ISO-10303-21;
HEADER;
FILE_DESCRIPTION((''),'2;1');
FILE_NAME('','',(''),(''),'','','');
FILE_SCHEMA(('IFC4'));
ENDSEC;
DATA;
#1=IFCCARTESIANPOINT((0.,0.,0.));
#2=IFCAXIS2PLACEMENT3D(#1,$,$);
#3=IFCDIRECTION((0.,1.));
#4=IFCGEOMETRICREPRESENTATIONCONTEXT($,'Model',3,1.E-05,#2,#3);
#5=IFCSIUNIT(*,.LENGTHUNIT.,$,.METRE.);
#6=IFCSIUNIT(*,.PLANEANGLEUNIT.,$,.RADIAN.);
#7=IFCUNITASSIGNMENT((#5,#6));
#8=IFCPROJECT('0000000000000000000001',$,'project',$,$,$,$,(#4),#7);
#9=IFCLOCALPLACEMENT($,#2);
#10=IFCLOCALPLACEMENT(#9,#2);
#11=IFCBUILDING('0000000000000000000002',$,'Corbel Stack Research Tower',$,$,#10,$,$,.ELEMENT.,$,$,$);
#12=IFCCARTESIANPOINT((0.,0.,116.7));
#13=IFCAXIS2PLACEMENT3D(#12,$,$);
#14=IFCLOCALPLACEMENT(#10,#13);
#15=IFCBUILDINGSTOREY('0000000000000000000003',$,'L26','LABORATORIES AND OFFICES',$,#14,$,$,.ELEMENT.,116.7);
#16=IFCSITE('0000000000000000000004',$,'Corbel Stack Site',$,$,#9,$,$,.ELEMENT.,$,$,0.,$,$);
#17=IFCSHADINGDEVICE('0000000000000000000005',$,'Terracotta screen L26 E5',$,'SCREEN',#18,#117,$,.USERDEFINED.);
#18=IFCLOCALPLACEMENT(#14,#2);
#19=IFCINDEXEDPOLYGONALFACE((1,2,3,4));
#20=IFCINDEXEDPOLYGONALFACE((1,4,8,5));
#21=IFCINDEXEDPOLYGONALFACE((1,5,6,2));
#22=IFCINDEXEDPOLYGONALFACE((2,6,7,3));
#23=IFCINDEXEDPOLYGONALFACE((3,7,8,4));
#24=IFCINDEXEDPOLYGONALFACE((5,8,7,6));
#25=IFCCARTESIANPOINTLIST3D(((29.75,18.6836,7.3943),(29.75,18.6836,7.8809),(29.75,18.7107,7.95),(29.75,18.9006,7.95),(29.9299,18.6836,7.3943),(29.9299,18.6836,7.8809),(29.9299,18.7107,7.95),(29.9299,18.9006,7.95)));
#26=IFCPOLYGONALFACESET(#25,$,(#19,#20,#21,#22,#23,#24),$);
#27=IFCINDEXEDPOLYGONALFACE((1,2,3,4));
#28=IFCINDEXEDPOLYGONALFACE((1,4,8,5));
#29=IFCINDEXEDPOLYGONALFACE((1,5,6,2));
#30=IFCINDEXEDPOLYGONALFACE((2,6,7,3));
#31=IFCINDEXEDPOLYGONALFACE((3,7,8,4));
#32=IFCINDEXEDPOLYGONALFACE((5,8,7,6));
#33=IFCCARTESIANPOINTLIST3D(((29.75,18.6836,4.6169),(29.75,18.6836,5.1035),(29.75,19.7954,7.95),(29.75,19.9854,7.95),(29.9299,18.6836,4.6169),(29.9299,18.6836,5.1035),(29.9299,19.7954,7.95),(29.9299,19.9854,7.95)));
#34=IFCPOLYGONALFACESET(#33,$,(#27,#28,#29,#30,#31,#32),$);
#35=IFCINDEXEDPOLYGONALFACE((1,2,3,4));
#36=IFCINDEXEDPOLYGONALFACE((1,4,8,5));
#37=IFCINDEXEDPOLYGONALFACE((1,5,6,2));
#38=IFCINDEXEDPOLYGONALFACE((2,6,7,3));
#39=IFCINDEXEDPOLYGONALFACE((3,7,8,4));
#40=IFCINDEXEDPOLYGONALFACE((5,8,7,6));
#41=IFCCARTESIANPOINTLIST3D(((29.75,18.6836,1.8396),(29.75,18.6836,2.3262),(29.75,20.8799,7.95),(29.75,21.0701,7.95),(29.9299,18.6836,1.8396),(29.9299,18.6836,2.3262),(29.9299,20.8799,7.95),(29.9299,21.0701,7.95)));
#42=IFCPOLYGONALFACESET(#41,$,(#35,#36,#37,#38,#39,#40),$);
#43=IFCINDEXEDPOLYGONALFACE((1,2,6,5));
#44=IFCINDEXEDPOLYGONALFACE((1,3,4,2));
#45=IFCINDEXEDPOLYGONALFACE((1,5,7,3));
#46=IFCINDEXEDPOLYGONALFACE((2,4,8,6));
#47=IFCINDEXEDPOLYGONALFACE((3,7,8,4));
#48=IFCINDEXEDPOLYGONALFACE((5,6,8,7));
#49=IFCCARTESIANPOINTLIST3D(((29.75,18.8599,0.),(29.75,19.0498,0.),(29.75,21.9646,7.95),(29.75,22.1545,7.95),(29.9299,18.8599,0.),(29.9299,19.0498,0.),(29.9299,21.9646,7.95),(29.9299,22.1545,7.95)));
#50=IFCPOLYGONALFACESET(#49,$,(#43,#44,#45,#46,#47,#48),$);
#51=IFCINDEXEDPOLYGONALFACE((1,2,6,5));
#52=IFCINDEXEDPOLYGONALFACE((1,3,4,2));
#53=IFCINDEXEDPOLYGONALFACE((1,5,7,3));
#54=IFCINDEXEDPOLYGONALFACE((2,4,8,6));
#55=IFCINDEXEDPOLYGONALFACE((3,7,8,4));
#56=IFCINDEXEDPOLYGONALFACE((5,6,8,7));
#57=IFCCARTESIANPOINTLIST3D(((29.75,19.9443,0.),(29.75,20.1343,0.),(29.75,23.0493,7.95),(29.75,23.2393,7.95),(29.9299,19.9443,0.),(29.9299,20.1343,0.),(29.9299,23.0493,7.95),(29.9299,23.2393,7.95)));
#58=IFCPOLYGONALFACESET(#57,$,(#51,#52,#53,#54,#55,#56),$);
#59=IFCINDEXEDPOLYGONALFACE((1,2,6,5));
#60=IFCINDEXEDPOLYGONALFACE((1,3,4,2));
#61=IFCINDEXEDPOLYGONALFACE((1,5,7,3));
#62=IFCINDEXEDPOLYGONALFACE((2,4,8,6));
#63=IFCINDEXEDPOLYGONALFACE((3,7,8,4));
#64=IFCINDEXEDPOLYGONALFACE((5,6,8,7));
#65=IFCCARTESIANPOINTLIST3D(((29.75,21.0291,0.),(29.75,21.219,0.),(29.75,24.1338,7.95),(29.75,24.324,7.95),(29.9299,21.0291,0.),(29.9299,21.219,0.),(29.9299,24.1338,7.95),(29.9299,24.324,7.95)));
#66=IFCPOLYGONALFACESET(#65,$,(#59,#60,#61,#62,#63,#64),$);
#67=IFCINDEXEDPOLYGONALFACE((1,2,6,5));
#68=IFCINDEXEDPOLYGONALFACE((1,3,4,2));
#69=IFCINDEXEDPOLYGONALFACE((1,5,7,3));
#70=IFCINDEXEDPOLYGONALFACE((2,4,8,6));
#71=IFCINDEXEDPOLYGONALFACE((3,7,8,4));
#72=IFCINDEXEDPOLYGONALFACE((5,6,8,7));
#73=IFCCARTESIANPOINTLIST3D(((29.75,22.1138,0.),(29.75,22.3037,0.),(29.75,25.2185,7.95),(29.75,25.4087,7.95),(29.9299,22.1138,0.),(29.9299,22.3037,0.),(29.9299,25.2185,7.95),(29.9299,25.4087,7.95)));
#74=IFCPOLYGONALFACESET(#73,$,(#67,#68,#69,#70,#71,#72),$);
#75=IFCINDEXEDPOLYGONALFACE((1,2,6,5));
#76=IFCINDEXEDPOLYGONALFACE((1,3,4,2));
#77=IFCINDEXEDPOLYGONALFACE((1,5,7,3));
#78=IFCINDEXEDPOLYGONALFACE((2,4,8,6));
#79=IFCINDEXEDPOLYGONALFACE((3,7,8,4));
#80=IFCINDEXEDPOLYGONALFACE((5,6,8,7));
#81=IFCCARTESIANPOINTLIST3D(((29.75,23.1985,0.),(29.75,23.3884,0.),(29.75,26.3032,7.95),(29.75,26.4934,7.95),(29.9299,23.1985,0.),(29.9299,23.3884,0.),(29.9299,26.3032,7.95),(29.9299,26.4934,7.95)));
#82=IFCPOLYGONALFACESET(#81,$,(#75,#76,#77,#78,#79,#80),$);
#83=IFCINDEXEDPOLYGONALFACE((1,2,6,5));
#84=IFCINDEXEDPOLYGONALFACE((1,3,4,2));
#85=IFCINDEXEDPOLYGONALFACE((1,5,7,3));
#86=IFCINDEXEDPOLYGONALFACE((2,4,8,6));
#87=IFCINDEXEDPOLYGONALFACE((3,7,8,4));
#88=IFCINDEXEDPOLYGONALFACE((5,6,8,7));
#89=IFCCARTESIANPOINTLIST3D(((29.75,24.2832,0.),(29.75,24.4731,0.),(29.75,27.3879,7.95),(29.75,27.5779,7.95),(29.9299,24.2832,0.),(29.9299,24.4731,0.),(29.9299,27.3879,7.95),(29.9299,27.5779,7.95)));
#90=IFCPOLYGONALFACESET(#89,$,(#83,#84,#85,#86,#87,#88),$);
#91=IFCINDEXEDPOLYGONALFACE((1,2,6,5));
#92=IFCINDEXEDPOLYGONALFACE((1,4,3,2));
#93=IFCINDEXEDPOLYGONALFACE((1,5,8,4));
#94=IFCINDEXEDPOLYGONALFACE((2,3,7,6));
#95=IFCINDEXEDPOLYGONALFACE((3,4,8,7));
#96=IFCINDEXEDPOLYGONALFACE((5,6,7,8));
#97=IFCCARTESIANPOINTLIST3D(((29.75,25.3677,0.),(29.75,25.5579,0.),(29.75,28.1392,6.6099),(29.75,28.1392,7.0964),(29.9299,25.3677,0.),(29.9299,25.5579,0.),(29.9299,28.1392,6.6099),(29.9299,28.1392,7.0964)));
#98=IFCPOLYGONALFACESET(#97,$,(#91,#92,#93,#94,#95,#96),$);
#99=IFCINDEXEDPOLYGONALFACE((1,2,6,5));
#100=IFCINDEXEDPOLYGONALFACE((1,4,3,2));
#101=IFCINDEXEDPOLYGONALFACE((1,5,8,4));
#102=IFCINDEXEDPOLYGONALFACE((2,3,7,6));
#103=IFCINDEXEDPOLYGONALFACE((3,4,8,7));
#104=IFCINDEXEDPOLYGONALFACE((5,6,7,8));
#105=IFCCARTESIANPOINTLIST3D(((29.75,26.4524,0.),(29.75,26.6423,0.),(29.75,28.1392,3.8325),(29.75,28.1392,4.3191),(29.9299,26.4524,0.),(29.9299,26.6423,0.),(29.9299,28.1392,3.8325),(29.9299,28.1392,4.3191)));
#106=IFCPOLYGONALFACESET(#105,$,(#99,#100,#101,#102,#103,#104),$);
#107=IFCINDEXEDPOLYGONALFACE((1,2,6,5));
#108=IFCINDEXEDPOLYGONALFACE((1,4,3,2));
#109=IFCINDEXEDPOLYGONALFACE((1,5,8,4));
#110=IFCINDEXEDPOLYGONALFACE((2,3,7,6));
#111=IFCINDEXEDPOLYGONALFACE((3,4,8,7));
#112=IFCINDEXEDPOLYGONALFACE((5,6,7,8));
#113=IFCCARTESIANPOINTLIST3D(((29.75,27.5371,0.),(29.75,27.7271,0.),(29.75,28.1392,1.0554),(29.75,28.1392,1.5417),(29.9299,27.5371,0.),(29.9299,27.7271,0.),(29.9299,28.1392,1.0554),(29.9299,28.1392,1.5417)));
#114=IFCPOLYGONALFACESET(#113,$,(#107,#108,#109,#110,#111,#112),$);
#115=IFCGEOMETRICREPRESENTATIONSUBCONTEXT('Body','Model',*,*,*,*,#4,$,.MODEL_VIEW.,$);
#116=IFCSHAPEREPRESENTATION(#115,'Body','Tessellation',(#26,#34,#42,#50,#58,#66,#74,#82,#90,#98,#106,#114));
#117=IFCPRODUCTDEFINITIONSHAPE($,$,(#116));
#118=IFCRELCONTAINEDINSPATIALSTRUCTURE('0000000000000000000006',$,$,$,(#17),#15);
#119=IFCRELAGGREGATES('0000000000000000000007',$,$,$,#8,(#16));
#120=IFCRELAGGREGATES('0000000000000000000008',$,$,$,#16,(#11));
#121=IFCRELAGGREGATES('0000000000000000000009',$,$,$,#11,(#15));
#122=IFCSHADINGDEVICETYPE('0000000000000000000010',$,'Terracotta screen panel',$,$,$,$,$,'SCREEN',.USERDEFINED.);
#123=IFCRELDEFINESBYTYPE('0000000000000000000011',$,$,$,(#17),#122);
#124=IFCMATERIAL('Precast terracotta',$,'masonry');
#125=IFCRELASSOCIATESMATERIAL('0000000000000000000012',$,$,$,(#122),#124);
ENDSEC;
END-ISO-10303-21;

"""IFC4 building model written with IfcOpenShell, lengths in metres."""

from ifc_helpers import new_model, si_unit, direction, frame, origin, place, context, subcontext, project, spatial, polyline, outline, extrude, source, transform, mapped, material, type_object, element, save


model = new_model("IFC4")

# Units and contexts
model_context = context("Model", 3, precision=1e-05, world=origin(), true_north=direction((0.0, 1.0)))
body_context = subcontext(model_context, "Body", "Model", "MODEL_VIEW")
ifc_project = project(units=[si_unit("LENGTHUNIT", "METRE"), si_unit("PLANEANGLEUNIT", "RADIAN")], contexts=[model_context])

# Site, building, storey
site_placement = place(None, origin())
site = spatial("IfcSite", under=ifc_project, at=site_placement, Name="Corbel Stack Site", CompositionType="ELEMENT", RefElevation=0.0)
building_placement = place(site_placement, origin())
building = spatial("IfcBuilding", under=site, at=building_placement, Name="Corbel Stack Research Tower", CompositionType="ELEMENT")
storey_placement = place(building_placement, frame((0.0, 0.0, 116.7)))
storey = spatial("IfcBuildingStorey", under=building, at=storey_placement, Name="L26", Description="LABORATORIES AND OFFICES", CompositionType="ELEMENT", Elevation=116.7)

# Shading device
ifc_material_1 = material(Name="Precast terracotta", Category="masonry")
shading_device_type = type_object("IfcShadingDeviceType", Name="Terracotta screen panel", ElementType="SCREEN", PredefinedType="USERDEFINED", material=ifc_material_1)
shared_shape_1 = source(origin(), body_context, "Body", "SweptSolid", [
    extrude(outline(polyline([(0.217, 7.95), (0.0271, 7.95), (0.0, 7.8809), (0.0, 7.3943), (0.217, 7.95)])), frame((0.0, 0.0, 0.0), z_axis=(0.0, -1.0, 0.0), x_axis=(1.0, 0.0, 0.0)), (0.0, 0.0, 1.0), 0.1799),
    extrude(outline(polyline([(1.3018, 7.95), (1.1118, 7.95), (0.0, 5.1035), (0.0, 4.6169), (1.3018, 7.95)])), frame((0.0, 0.0, 0.0), z_axis=(0.0, -1.0, 0.0), x_axis=(1.0, 0.0, 0.0)), (0.0, 0.0, 1.0), 0.1799),
    extrude(outline(polyline([(2.3865, 7.95), (2.1963, 7.95), (0.0, 2.3262), (0.0, 1.8396), (2.3865, 7.95)])), frame((0.0, 0.0, 0.0), z_axis=(0.0, -1.0, 0.0), x_axis=(1.0, 0.0, 0.0)), (0.0, 0.0, 1.0), 0.1799),
    extrude(outline(polyline([(0.3662, 0.0), (3.4709, 7.95), (3.281, 7.95), (0.1763, 0.0), (0.3662, 0.0)])), frame((0.0, 0.0, 0.0), z_axis=(0.0, -1.0, 0.0), x_axis=(1.0, 0.0, 0.0)), (0.0, 0.0, 1.0), 0.1799),
    extrude(outline(polyline([(1.4507, 0.0), (4.5557, 7.95), (4.3657, 7.95), (1.2607, 0.0), (1.4507, 0.0)])), frame((0.0, 0.0, 0.0), z_axis=(0.0, -1.0, 0.0), x_axis=(1.0, 0.0, 0.0)), (0.0, 0.0, 1.0), 0.1799),
    extrude(outline(polyline([(2.5354, 0.0), (5.6404, 7.95), (5.4502, 7.95), (2.3455, 0.0), (2.5354, 0.0)])), frame((0.0, 0.0, 0.0), z_axis=(0.0, -1.0, 0.0), x_axis=(1.0, 0.0, 0.0)), (0.0, 0.0, 1.0), 0.1799),
    extrude(outline(polyline([(3.6201, 0.0), (6.7251, 7.95), (6.5349, 7.95), (3.4302, 0.0), (3.6201, 0.0)])), frame((0.0, 0.0, 0.0), z_axis=(0.0, -1.0, 0.0), x_axis=(1.0, 0.0, 0.0)), (0.0, 0.0, 1.0), 0.1799),
    extrude(outline(polyline([(4.7048, 0.0), (7.8098, 7.95), (7.6196, 7.95), (4.5149, 0.0), (4.7048, 0.0)])), frame((0.0, 0.0, 0.0), z_axis=(0.0, -1.0, 0.0), x_axis=(1.0, 0.0, 0.0)), (0.0, 0.0, 1.0), 0.1799),
    extrude(outline(polyline([(5.7896, 0.0), (8.8943, 7.95), (8.7043, 7.95), (5.5996, 0.0), (5.7896, 0.0)])), frame((0.0, 0.0, 0.0), z_axis=(0.0, -1.0, 0.0), x_axis=(1.0, 0.0, 0.0)), (0.0, 0.0, 1.0), 0.1799),
    extrude(outline(polyline([(6.8743, 0.0), (9.4556, 6.6099), (9.4556, 7.0964), (6.6841, 0.0), (6.8743, 0.0)])), frame((0.0, 0.0, 0.0), z_axis=(0.0, -1.0, 0.0), x_axis=(1.0, 0.0, 0.0)), (0.0, 0.0, 1.0), 0.1799),
    extrude(outline(polyline([(7.9587, 0.0), (9.4556, 3.8325), (9.4556, 4.3191), (7.7688, 0.0), (7.9587, 0.0)])), frame((0.0, 0.0, 0.0), z_axis=(0.0, -1.0, 0.0), x_axis=(1.0, 0.0, 0.0)), (0.0, 0.0, 1.0), 0.1799),
    extrude(outline(polyline([(9.0435, 0.0), (9.4556, 1.0554), (9.4556, 1.5417), (8.8535, 0.0), (9.0435, 0.0)])), frame((0.0, 0.0, 0.0), z_axis=(0.0, -1.0, 0.0), x_axis=(1.0, 0.0, 0.0)), (0.0, 0.0, 1.0), 0.1799),
])
shading_device_1_placement = place(storey_placement, frame((29.75, 18.6836, 0.0), z_axis=(0.0, 0.0, 1.0), x_axis=(0.0, 1.0, 0.0)))
element("IfcShadingDevice", 1, at=shading_device_1_placement, inside=storey, type_object=shading_device_type, Name="Terracotta screen L26 E5", ObjectType="SCREEN", PredefinedType="USERDEFINED", context=body_context, shape_type="MappedRepresentation", body=[
    mapped(shared_shape_1, transform((0.0, 0.0, 0.0))),
])

save(model, "model.ifc")
